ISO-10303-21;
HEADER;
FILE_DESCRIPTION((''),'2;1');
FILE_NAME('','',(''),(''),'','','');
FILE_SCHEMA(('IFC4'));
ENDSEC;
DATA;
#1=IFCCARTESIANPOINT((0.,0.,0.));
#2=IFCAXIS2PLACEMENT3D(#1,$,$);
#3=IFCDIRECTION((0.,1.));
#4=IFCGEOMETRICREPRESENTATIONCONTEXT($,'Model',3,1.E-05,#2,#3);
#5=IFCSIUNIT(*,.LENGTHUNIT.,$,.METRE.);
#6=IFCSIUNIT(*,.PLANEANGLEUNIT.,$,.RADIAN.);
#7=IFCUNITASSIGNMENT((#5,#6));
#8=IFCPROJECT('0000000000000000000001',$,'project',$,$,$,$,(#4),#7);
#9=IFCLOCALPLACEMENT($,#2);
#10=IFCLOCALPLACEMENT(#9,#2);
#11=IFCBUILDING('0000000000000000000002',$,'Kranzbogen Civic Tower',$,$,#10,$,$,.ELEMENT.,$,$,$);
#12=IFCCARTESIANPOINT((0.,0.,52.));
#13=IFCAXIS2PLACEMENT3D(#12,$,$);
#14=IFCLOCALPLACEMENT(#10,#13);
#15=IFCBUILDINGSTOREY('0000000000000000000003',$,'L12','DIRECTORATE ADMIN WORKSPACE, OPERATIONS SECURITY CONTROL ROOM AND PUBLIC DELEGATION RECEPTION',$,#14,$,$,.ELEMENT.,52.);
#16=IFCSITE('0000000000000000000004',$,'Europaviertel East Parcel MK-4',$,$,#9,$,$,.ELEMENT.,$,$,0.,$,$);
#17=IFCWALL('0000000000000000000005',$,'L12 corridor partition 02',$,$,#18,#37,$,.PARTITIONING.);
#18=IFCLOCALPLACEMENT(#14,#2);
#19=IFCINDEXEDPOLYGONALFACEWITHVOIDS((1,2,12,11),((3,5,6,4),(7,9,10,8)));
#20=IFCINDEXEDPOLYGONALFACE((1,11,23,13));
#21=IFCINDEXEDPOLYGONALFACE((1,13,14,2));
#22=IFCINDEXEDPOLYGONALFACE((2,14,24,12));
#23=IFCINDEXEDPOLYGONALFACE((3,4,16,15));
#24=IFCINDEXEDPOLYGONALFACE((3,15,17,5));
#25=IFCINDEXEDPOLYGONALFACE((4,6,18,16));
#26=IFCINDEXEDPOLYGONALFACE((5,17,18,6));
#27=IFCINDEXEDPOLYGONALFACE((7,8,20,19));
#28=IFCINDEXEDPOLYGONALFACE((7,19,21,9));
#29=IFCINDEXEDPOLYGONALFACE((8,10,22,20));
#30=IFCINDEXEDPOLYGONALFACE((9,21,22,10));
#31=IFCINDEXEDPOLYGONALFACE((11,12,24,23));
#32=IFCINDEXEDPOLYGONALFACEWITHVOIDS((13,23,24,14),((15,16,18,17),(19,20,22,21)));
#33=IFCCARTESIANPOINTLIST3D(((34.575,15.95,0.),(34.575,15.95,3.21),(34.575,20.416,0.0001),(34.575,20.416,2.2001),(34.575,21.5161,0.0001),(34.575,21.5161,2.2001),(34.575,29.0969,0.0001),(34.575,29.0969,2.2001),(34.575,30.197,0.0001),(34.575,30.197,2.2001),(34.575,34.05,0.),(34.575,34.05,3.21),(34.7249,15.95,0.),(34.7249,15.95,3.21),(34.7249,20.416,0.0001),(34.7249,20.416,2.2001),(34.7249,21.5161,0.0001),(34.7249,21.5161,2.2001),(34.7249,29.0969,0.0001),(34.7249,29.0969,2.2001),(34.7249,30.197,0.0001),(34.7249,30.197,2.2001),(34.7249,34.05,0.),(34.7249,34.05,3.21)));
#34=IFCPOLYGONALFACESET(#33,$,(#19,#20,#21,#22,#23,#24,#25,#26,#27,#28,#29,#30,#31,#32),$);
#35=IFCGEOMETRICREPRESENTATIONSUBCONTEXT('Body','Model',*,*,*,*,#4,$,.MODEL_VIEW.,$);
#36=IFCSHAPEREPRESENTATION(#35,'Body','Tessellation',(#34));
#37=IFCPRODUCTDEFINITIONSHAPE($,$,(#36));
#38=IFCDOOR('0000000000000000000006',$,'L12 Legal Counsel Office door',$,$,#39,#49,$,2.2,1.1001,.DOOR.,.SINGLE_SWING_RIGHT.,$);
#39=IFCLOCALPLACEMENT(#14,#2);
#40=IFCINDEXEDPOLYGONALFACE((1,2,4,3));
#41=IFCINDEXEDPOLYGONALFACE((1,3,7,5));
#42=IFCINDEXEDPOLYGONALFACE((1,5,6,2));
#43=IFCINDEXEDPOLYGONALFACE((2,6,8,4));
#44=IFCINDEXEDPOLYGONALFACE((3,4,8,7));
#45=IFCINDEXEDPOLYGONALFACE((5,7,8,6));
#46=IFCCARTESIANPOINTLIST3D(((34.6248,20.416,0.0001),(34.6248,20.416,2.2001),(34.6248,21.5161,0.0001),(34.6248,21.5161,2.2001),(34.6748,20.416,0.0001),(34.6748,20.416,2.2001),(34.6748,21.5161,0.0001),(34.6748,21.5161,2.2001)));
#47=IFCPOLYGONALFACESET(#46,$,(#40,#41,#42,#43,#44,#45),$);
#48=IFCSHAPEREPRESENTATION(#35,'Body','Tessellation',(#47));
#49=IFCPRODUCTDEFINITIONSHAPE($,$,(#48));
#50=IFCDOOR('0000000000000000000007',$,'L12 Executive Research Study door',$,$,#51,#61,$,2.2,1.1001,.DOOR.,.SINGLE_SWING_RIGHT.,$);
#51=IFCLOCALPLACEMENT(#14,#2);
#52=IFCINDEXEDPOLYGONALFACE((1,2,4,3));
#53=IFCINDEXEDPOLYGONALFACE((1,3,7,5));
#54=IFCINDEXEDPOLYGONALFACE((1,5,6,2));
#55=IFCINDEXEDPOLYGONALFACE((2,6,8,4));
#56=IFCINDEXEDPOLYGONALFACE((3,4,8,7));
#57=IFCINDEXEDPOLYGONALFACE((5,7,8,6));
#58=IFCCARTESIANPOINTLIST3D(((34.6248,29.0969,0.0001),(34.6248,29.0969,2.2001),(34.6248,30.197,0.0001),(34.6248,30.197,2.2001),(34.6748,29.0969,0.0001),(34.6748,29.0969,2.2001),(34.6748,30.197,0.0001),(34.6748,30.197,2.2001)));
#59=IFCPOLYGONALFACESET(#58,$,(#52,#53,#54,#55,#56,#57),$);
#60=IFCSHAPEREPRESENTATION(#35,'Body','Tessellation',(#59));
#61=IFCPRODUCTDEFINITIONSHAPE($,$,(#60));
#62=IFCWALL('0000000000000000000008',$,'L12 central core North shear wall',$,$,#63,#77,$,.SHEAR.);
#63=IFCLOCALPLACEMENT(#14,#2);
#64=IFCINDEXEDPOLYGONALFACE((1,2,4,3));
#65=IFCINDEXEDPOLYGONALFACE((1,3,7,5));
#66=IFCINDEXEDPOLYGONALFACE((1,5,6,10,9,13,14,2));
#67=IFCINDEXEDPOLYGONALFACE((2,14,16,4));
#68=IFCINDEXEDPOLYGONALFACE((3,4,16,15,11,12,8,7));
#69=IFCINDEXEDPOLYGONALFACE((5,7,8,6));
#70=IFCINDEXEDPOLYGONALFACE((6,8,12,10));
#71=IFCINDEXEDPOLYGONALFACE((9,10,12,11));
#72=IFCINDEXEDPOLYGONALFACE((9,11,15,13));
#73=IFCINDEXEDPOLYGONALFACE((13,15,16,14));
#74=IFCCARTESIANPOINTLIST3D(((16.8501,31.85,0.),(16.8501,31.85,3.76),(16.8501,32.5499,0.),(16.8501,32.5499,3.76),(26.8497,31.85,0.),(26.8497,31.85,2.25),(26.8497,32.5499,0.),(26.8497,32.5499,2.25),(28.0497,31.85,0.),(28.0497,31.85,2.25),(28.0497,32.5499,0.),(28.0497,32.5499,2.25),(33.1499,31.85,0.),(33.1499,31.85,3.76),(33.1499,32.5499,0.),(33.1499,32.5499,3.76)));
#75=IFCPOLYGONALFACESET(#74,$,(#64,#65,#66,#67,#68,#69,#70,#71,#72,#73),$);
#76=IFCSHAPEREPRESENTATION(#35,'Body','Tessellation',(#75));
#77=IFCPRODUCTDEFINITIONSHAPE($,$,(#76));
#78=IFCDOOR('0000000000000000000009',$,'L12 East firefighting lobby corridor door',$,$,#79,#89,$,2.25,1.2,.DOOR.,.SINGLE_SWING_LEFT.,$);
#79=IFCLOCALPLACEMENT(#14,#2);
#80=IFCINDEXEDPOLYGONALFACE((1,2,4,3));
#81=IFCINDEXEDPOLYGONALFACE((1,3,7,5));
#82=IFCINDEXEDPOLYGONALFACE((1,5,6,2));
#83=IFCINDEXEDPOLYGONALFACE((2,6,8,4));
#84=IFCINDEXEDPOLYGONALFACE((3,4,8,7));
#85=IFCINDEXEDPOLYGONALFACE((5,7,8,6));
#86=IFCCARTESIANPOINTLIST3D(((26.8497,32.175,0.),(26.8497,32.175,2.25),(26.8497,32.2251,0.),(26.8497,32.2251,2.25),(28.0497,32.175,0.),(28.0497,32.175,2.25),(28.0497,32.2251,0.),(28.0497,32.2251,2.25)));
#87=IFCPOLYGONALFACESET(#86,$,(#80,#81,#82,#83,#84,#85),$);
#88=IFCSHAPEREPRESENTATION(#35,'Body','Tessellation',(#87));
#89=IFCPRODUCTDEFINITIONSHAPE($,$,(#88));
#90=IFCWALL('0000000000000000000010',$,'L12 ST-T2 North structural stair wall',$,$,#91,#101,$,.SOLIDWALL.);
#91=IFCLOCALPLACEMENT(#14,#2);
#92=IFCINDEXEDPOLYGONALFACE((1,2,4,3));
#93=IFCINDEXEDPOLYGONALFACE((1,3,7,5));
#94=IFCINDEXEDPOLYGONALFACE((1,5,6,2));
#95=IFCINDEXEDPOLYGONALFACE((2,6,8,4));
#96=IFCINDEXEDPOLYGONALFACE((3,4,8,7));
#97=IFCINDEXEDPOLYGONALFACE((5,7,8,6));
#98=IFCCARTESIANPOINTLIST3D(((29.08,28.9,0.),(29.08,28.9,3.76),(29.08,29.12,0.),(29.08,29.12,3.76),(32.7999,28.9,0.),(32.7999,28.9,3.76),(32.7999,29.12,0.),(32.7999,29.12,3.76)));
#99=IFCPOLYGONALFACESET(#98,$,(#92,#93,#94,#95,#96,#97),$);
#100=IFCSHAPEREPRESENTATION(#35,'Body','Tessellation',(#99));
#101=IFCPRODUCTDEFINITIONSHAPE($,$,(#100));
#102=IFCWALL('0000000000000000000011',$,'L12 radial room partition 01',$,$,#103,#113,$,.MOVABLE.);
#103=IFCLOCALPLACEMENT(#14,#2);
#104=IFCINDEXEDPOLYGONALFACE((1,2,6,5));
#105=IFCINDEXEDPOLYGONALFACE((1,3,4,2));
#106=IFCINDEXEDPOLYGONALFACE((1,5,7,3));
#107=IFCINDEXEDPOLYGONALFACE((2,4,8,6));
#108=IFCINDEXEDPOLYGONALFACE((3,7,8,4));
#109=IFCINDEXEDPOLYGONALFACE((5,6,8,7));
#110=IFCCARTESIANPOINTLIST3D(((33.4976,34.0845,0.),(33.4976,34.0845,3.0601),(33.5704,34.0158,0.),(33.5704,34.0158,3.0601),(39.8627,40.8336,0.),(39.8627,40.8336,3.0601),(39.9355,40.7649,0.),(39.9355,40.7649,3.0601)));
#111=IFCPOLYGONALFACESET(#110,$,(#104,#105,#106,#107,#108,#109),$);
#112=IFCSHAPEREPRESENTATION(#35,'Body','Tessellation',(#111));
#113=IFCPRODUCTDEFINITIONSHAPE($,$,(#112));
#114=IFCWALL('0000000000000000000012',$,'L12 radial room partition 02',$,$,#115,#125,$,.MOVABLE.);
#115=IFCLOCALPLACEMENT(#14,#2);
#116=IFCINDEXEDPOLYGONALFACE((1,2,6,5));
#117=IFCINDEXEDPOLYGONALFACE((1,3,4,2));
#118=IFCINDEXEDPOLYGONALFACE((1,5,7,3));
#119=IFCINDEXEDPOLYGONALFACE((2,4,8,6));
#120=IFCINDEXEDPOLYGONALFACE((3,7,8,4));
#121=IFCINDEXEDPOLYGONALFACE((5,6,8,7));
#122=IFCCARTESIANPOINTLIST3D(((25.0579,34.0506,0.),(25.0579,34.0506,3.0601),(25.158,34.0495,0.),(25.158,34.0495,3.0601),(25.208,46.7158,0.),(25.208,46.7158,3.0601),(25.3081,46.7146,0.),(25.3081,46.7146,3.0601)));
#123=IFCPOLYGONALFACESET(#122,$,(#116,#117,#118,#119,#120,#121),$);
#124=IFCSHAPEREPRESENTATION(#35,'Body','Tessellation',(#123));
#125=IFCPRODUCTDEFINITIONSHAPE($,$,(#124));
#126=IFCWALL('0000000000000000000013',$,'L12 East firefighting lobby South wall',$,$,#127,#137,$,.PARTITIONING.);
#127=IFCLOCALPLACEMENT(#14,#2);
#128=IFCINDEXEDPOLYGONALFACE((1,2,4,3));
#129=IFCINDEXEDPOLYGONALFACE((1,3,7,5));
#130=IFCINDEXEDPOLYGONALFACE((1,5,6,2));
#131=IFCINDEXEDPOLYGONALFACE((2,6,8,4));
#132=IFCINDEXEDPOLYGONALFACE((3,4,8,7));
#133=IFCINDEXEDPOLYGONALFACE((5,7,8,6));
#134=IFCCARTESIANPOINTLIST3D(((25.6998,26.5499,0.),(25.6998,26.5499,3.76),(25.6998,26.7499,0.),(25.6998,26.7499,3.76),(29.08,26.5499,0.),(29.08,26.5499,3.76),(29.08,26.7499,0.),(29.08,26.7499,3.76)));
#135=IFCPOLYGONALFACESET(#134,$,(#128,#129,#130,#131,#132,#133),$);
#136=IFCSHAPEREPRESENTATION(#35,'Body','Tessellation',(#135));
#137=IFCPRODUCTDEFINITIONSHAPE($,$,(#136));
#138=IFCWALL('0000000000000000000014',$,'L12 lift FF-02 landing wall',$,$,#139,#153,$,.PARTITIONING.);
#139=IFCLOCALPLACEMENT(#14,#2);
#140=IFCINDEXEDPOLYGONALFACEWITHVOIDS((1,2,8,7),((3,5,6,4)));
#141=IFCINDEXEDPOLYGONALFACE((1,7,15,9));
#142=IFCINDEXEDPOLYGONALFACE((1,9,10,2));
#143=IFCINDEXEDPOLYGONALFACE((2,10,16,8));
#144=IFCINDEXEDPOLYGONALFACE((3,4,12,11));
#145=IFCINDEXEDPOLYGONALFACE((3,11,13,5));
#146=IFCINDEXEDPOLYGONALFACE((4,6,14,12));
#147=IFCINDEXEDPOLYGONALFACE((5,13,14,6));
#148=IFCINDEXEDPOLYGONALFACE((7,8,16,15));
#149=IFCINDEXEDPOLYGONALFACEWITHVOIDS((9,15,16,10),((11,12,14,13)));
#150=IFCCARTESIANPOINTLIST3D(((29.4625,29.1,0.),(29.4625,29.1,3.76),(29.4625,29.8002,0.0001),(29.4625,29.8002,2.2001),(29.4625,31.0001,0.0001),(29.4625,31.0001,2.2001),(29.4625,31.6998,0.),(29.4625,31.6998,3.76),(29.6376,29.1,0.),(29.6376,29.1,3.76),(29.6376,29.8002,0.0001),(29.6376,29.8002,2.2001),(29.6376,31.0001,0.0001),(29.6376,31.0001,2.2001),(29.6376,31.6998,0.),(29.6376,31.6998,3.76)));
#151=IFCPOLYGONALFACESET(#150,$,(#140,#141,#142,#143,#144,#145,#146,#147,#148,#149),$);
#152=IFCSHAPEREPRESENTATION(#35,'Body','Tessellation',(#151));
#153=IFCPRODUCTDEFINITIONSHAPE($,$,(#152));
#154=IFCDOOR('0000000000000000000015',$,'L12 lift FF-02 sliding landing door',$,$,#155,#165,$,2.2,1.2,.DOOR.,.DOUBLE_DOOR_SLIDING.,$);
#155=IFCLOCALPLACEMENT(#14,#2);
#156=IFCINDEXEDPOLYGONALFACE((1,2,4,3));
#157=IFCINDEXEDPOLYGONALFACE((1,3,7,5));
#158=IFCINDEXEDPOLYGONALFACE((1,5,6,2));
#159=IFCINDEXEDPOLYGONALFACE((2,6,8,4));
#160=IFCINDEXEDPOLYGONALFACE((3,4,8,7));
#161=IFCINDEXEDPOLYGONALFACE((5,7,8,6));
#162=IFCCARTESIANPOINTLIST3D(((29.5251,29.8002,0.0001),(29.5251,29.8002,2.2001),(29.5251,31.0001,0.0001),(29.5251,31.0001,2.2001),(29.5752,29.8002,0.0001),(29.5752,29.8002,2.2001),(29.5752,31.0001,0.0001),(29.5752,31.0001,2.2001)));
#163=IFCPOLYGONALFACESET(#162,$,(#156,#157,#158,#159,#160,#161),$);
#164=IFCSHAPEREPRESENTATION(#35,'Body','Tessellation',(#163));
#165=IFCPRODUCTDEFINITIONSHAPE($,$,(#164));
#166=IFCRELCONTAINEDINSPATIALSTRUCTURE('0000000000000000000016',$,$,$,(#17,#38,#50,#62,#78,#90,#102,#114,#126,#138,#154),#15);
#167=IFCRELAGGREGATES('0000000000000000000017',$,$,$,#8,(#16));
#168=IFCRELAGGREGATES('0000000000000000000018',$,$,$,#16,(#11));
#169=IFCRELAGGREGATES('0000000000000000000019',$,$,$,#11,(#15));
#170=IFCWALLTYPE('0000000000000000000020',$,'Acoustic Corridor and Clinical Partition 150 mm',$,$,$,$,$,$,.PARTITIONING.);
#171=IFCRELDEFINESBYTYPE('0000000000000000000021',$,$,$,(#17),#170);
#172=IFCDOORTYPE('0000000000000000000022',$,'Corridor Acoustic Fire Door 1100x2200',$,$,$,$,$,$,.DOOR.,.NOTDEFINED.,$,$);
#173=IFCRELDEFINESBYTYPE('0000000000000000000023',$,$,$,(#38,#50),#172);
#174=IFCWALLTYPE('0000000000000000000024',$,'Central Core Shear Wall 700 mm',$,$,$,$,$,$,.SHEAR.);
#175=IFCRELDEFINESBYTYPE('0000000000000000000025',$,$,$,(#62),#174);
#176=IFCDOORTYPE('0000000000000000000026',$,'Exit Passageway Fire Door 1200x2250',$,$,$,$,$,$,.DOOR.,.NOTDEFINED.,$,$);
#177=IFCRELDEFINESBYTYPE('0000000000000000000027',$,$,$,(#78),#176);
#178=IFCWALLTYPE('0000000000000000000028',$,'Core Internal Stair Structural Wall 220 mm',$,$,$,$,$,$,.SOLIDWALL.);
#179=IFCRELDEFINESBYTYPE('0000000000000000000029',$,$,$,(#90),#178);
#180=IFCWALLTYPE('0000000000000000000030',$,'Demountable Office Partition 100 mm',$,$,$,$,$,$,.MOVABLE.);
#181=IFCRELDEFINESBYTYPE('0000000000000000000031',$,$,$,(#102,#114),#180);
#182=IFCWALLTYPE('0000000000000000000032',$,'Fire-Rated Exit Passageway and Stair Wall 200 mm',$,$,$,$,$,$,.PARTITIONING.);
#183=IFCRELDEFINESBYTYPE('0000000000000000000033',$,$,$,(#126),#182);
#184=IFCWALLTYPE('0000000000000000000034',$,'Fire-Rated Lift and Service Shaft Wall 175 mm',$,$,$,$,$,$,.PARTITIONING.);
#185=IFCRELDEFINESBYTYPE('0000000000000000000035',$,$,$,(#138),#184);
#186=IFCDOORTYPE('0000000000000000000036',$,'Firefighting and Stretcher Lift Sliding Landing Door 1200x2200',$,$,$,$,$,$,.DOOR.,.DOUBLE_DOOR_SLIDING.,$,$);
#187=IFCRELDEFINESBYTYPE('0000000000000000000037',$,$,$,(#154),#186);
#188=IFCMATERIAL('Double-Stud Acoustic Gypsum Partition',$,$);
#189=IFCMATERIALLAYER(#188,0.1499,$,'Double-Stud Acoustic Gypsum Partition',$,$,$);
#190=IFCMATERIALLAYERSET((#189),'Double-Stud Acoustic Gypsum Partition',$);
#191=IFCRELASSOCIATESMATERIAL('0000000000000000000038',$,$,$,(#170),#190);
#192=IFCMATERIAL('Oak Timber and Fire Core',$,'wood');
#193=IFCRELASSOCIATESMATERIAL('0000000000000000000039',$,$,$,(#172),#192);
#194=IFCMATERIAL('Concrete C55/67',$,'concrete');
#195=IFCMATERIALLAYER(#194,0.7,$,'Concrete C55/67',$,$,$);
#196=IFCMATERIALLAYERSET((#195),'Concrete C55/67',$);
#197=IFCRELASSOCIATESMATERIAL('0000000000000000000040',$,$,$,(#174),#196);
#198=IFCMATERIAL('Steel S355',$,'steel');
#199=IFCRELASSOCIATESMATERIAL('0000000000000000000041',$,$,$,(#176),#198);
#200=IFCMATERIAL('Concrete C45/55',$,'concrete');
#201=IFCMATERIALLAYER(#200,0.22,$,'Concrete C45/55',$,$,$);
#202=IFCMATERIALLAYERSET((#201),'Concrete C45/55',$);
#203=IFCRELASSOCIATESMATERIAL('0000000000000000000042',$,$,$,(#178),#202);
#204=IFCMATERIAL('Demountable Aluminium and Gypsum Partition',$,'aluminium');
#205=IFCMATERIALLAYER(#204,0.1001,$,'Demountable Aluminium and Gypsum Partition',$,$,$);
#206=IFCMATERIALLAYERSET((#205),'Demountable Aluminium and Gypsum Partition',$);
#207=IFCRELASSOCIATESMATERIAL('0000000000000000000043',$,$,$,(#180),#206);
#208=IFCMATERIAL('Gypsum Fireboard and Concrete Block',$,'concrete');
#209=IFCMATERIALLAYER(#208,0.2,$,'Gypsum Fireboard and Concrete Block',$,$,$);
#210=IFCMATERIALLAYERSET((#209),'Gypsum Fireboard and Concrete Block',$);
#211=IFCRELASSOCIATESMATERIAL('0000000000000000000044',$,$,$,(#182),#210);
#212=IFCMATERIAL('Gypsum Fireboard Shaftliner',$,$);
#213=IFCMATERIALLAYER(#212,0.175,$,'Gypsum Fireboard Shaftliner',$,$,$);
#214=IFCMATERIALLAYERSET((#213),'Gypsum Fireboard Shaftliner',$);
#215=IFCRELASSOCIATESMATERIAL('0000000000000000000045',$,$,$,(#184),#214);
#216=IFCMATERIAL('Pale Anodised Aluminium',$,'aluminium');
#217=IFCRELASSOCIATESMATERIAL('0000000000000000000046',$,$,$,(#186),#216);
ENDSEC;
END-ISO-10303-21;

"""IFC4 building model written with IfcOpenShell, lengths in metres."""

from ifc_helpers import new_model, si_unit, direction, frame, frame_2d, origin, place, context, subcontext, project, spatial, rectangle, extrude, material, layer, layer_set, type_object, element, fill, save


model = new_model("IFC4")

# Units and contexts
model_context = context("Model", 3, precision=1e-05, world=origin(), true_north=direction((0.0, 1.0)))
body_context = subcontext(model_context, "Body", "Model", "MODEL_VIEW")
ifc_project = project(units=[si_unit("LENGTHUNIT", "METRE"), si_unit("PLANEANGLEUNIT", "RADIAN")], contexts=[model_context])

# Site, building, storey
site_placement = place(None, origin())
site = spatial("IfcSite", under=ifc_project, at=site_placement, Name="Europaviertel East Parcel MK-4", CompositionType="ELEMENT", RefElevation=0.0)
building_placement = place(site_placement, origin())
building = spatial("IfcBuilding", under=site, at=building_placement, Name="Kranzbogen Civic Tower", CompositionType="ELEMENT")
storey_placement = place(building_placement, frame((0.0, 0.0, 52.0)))
storey = spatial("IfcBuildingStorey", under=building, at=storey_placement, Name="L12", Description="DIRECTORATE ADMIN WORKSPACE, OPERATIONS SECURITY CONTROL ROOM AND PUBLIC DELEGATION RECEPTION", CompositionType="ELEMENT", Elevation=52.0)

# Shared definitions
ifc_material_1 = material(Name="Pale Anodised Aluminium", Category="aluminium")

# Shared definitions
ifc_material_2 = material(Name="Steel S355", Category="steel")

# Wall, openings, doors
ifc_material_3 = material(Name="Double-Stud Acoustic Gypsum Partition")
ifc_layer_1 = layer(ifc_material_3, 0.1499, Name="Double-Stud Acoustic Gypsum Partition")
ifc_layer_set_1 = layer_set([ifc_layer_1], Name="Double-Stud Acoustic Gypsum Partition")
wall_type_1 = type_object("IfcWallType", Name="Acoustic Corridor and Clinical Partition 150 mm", PredefinedType="PARTITIONING", material=ifc_layer_set_1)
wall_1_placement = place(storey_placement, frame((34.6499, 34.05, 0.0), z_axis=(0.0, 0.0, 1.0), x_axis=(0.0, -1.0, 0.0)))
wall_1 = element("IfcWall", 1, at=wall_1_placement, inside=storey, type_object=wall_type_1, Name="L12 corridor partition 02", PredefinedType="PARTITIONING", context=body_context, shape_type="SweptSolid", body=[
    extrude(rectangle(XDim=18.1001, YDim=0.1499, at=frame_2d((9.05, 0.0))), origin(), (0.0, 0.0, 1.0), 3.21),
])
opening_1_placement = place(wall_1_placement, frame((12.5339, 0.0, 0.0)))
opening_1 = element("IfcOpeningElement", 2, at=opening_1_placement, cuts=wall_1, PredefinedType="OPENING", context=body_context, shape_type="SweptSolid", body=[
    extrude(rectangle(XDim=1.1001, YDim=2.2, at=frame_2d((0.55, 1.1001))), frame((0.0, 0.085, 0.0), z_axis=(0.0, -1.0, 0.0), x_axis=(1.0, 0.0, 0.0)), (0.0, 0.0, 1.0), 0.1699),
])
opening_2_placement = place(wall_1_placement, frame((3.853, 0.0, 0.0)))
opening_2 = element("IfcOpeningElement", 3, at=opening_2_placement, cuts=wall_1, PredefinedType="OPENING", context=body_context, shape_type="SweptSolid", body=[
    extrude(rectangle(XDim=1.1001, YDim=2.2, at=frame_2d((0.55, 1.1001))), frame((0.0, 0.085, 0.0), z_axis=(0.0, -1.0, 0.0), x_axis=(1.0, 0.0, 0.0)), (0.0, 0.0, 1.0), 0.1699),
])
ifc_material_4 = material(Name="Oak Timber and Fire Core", Category="wood")
door_type_1 = type_object("IfcDoorType", Name="Corridor Acoustic Fire Door 1100x2200", OperationType="NOTDEFINED", PredefinedType="DOOR", material=ifc_material_4)
door_1_placement = place(opening_1_placement, origin())
door_1 = element("IfcDoor", 4, at=door_1_placement, inside=storey, type_object=door_type_1, Name="L12 Legal Counsel Office door", OperationType="SINGLE_SWING_RIGHT", OverallHeight=2.2, OverallWidth=1.1001, PredefinedType="DOOR", context=body_context, shape_type="SweptSolid", body=[
    extrude(rectangle(XDim=1.1001, YDim=2.2, at=frame_2d((0.55, 1.1001))), frame((0.0, 0.0249, 0.0), z_axis=(0.0, -1.0, 0.0), x_axis=(1.0, 0.0, 0.0)), (0.0, 0.0, 1.0), 0.05),
])
fill(opening_1, door_1)
door_2_placement = place(opening_2_placement, origin())
door_2 = element("IfcDoor", 5, at=door_2_placement, inside=storey, type_object=door_type_1, Name="L12 Executive Research Study door", OperationType="SINGLE_SWING_RIGHT", OverallHeight=2.2, OverallWidth=1.1001, PredefinedType="DOOR", context=body_context, shape_type="SweptSolid", body=[
    extrude(rectangle(XDim=1.1001, YDim=2.2, at=frame_2d((0.55, 1.1001))), frame((0.0, 0.0249, 0.0), z_axis=(0.0, -1.0, 0.0), x_axis=(1.0, 0.0, 0.0)), (0.0, 0.0, 1.0), 0.05),
])
fill(opening_2, door_2)

# Wall, opening, door
ifc_material_5 = material(Name="Concrete C55/67", Category="concrete")
ifc_layer_2 = layer(ifc_material_5, 0.7, Name="Concrete C55/67")
ifc_layer_set_2 = layer_set([ifc_layer_2], Name="Concrete C55/67")
wall_type_2 = type_object("IfcWallType", Name="Central Core Shear Wall 700 mm", PredefinedType="SHEAR", material=ifc_layer_set_2)
wall_2_placement = place(storey_placement, frame((33.1499, 32.2, 0.0), z_axis=(0.0, 0.0, 1.0), x_axis=(-1.0, 0.0, 0.0)))
wall_2 = element("IfcWall", 6, at=wall_2_placement, inside=storey, type_object=wall_type_2, Name="L12 central core North shear wall", PredefinedType="SHEAR", context=body_context, shape_type="SweptSolid", body=[
    extrude(rectangle(XDim=16.2998, YDim=0.7, at=frame_2d((8.1499, 0.0))), origin(), (0.0, 0.0, 1.0), 3.76),
])
opening_3_placement = place(wall_2_placement, frame((5.1001, 0.0, 0.0)))
opening_3 = element("IfcOpeningElement", 7, at=opening_3_placement, cuts=wall_2, PredefinedType="OPENING", context=body_context, shape_type="SweptSolid", body=[
    extrude(rectangle(XDim=1.2, YDim=2.25, at=frame_2d((0.6001, 1.125))), frame((0.0, 0.3599, 0.0), z_axis=(0.0, -1.0, 0.0), x_axis=(1.0, 0.0, 0.0)), (0.0, 0.0, 1.0), 0.72),
])
door_type_2 = type_object("IfcDoorType", Name="Exit Passageway Fire Door 1200x2250", OperationType="NOTDEFINED", PredefinedType="DOOR", material=ifc_material_2)
door_3_placement = place(opening_3_placement, origin())
door_3 = element("IfcDoor", 8, at=door_3_placement, inside=storey, type_object=door_type_2, Name="L12 East firefighting lobby corridor door", OperationType="SINGLE_SWING_LEFT", OverallHeight=2.25, OverallWidth=1.2, PredefinedType="DOOR", context=body_context, shape_type="SweptSolid", body=[
    extrude(rectangle(XDim=1.2, YDim=2.25, at=frame_2d((0.6001, 1.125))), frame((0.0, 0.0249, 0.0), z_axis=(0.0, -1.0, 0.0), x_axis=(1.0, 0.0, 0.0)), (0.0, 0.0, 1.0), 0.05),
])
fill(opening_3, door_3)

# Walls
ifc_material_6 = material(Name="Concrete C45/55", Category="concrete")
ifc_layer_3 = layer(ifc_material_6, 0.22, Name="Concrete C45/55")
ifc_layer_set_3 = layer_set([ifc_layer_3], Name="Concrete C45/55")
wall_type_3 = type_object("IfcWallType", Name="Core Internal Stair Structural Wall 220 mm", PredefinedType="SOLIDWALL", material=ifc_layer_set_3)
wall_3_placement = place(storey_placement, frame((29.0801, 29.01, 0.0), z_axis=(0.0, 0.0, 1.0), x_axis=(1.0, 0.0, 0.0)))
element("IfcWall", 9, at=wall_3_placement, inside=storey, type_object=wall_type_3, Name="L12 ST-T2 North structural stair wall", PredefinedType="SOLIDWALL", context=body_context, shape_type="SweptSolid", body=[
    extrude(rectangle(XDim=3.72, YDim=0.22, at=frame_2d((1.8599, 0.0))), origin(), (0.0, 0.0, 1.0), 3.76),
])
ifc_material_7 = material(Name="Demountable Aluminium and Gypsum Partition", Category="aluminium")
ifc_layer_4 = layer(ifc_material_7, 0.1001, Name="Demountable Aluminium and Gypsum Partition")
ifc_layer_set_4 = layer_set([ifc_layer_4], Name="Demountable Aluminium and Gypsum Partition")
wall_type_4 = type_object("IfcWallType", Name="Demountable Office Partition 100 mm", PredefinedType="MOVABLE", material=ifc_layer_set_4)
wall_4_placement = place(storey_placement, frame((33.5339, 34.05, 0.0), z_axis=(0.0, 0.0, 1.0), x_axis=(0.686106, 0.727502, 0.0)))
element("IfcWall", 10, at=wall_4_placement, inside=storey, type_object=wall_type_4, Name="L12 radial room partition 01", PredefinedType="MOVABLE", context=body_context, shape_type="SweptSolid", body=[
    extrude(rectangle(XDim=9.2771, YDim=0.1001, at=frame_2d((4.6387, 0.0))), origin(), (0.0, 0.0, 1.0), 3.0601),
])
wall_5_placement = place(storey_placement, frame((25.1079, 34.05, 0.0), z_axis=(0.0, 0.0, 1.0), x_axis=(0.011854, 0.99993, 0.0)))
element("IfcWall", 11, at=wall_5_placement, inside=storey, type_object=wall_type_4, Name="L12 radial room partition 02", PredefinedType="MOVABLE", context=body_context, shape_type="SweptSolid", body=[
    extrude(rectangle(XDim=12.666, YDim=0.1001, at=frame_2d((6.333, 0.0))), origin(), (0.0, 0.0, 1.0), 3.0601),
])
ifc_material_8 = material(Name="Gypsum Fireboard and Concrete Block", Category="concrete")
ifc_layer_5 = layer(ifc_material_8, 0.2, Name="Gypsum Fireboard and Concrete Block")
ifc_layer_set_5 = layer_set([ifc_layer_5], Name="Gypsum Fireboard and Concrete Block")
wall_type_5 = type_object("IfcWallType", Name="Fire-Rated Exit Passageway and Stair Wall 200 mm", PredefinedType="PARTITIONING", material=ifc_layer_set_5)
wall_6_placement = place(storey_placement, frame((25.7, 26.6499, 0.0), z_axis=(0.0, 0.0, 1.0), x_axis=(1.0, 0.0, 0.0)))
element("IfcWall", 12, at=wall_6_placement, inside=storey, type_object=wall_type_5, Name="L12 East firefighting lobby South wall", PredefinedType="PARTITIONING", context=body_context, shape_type="SweptSolid", body=[
    extrude(rectangle(XDim=3.3801, YDim=0.2, at=frame_2d((1.6899, 0.0))), origin(), (0.0, 0.0, 1.0), 3.76),
])

# Wall, opening, door
ifc_material_9 = material(Name="Gypsum Fireboard Shaftliner")
ifc_layer_6 = layer(ifc_material_9, 0.175, Name="Gypsum Fireboard Shaftliner")
ifc_layer_set_6 = layer_set([ifc_layer_6], Name="Gypsum Fireboard Shaftliner")
wall_type_6 = type_object("IfcWallType", Name="Fire-Rated Lift and Service Shaft Wall 175 mm", PredefinedType="PARTITIONING", material=ifc_layer_set_6)
wall_7_placement = place(storey_placement, frame((29.55, 29.1001, 0.0), z_axis=(0.0, 0.0, 1.0), x_axis=(0.0, 1.0, 0.0)))
wall_7 = element("IfcWall", 13, at=wall_7_placement, inside=storey, type_object=wall_type_6, Name="L12 lift FF-02 landing wall", PredefinedType="PARTITIONING", context=body_context, shape_type="SweptSolid", body=[
    extrude(rectangle(XDim=2.5999, YDim=0.175, at=frame_2d((1.2998, 0.0))), origin(), (0.0, 0.0, 1.0), 3.76),
])
opening_4_placement = place(wall_7_placement, frame((0.7, 0.0, 0.0)))
opening_4 = element("IfcOpeningElement", 14, at=opening_4_placement, cuts=wall_7, PredefinedType="OPENING", context=body_context, shape_type="SweptSolid", body=[
    extrude(rectangle(XDim=1.2, YDim=2.2, at=frame_2d((0.6001, 1.1001))), frame((0.0, 0.0977, 0.0), z_axis=(0.0, -1.0, 0.0), x_axis=(1.0, 0.0, 0.0)), (0.0, 0.0, 1.0), 0.1951),
])
door_type_3 = type_object("IfcDoorType", Name="Firefighting and Stretcher Lift Sliding Landing Door 1200x2200", OperationType="DOUBLE_DOOR_SLIDING", PredefinedType="DOOR", material=ifc_material_1)
door_4_placement = place(opening_4_placement, origin())
door_4 = element("IfcDoor", 15, at=door_4_placement, inside=storey, type_object=door_type_3, Name="L12 lift FF-02 sliding landing door", OperationType="DOUBLE_DOOR_SLIDING", OverallHeight=2.2, OverallWidth=1.2, PredefinedType="DOOR", context=body_context, shape_type="SweptSolid", body=[
    extrude(rectangle(XDim=1.2, YDim=2.2, at=frame_2d((0.6001, 1.1001))), frame((0.0, 0.0249, 0.0), z_axis=(0.0, -1.0, 0.0), x_axis=(1.0, 0.0, 0.0)), (0.0, 0.0, 1.0), 0.05),
])
fill(opening_4, door_4)

save(model, "model.ifc")
